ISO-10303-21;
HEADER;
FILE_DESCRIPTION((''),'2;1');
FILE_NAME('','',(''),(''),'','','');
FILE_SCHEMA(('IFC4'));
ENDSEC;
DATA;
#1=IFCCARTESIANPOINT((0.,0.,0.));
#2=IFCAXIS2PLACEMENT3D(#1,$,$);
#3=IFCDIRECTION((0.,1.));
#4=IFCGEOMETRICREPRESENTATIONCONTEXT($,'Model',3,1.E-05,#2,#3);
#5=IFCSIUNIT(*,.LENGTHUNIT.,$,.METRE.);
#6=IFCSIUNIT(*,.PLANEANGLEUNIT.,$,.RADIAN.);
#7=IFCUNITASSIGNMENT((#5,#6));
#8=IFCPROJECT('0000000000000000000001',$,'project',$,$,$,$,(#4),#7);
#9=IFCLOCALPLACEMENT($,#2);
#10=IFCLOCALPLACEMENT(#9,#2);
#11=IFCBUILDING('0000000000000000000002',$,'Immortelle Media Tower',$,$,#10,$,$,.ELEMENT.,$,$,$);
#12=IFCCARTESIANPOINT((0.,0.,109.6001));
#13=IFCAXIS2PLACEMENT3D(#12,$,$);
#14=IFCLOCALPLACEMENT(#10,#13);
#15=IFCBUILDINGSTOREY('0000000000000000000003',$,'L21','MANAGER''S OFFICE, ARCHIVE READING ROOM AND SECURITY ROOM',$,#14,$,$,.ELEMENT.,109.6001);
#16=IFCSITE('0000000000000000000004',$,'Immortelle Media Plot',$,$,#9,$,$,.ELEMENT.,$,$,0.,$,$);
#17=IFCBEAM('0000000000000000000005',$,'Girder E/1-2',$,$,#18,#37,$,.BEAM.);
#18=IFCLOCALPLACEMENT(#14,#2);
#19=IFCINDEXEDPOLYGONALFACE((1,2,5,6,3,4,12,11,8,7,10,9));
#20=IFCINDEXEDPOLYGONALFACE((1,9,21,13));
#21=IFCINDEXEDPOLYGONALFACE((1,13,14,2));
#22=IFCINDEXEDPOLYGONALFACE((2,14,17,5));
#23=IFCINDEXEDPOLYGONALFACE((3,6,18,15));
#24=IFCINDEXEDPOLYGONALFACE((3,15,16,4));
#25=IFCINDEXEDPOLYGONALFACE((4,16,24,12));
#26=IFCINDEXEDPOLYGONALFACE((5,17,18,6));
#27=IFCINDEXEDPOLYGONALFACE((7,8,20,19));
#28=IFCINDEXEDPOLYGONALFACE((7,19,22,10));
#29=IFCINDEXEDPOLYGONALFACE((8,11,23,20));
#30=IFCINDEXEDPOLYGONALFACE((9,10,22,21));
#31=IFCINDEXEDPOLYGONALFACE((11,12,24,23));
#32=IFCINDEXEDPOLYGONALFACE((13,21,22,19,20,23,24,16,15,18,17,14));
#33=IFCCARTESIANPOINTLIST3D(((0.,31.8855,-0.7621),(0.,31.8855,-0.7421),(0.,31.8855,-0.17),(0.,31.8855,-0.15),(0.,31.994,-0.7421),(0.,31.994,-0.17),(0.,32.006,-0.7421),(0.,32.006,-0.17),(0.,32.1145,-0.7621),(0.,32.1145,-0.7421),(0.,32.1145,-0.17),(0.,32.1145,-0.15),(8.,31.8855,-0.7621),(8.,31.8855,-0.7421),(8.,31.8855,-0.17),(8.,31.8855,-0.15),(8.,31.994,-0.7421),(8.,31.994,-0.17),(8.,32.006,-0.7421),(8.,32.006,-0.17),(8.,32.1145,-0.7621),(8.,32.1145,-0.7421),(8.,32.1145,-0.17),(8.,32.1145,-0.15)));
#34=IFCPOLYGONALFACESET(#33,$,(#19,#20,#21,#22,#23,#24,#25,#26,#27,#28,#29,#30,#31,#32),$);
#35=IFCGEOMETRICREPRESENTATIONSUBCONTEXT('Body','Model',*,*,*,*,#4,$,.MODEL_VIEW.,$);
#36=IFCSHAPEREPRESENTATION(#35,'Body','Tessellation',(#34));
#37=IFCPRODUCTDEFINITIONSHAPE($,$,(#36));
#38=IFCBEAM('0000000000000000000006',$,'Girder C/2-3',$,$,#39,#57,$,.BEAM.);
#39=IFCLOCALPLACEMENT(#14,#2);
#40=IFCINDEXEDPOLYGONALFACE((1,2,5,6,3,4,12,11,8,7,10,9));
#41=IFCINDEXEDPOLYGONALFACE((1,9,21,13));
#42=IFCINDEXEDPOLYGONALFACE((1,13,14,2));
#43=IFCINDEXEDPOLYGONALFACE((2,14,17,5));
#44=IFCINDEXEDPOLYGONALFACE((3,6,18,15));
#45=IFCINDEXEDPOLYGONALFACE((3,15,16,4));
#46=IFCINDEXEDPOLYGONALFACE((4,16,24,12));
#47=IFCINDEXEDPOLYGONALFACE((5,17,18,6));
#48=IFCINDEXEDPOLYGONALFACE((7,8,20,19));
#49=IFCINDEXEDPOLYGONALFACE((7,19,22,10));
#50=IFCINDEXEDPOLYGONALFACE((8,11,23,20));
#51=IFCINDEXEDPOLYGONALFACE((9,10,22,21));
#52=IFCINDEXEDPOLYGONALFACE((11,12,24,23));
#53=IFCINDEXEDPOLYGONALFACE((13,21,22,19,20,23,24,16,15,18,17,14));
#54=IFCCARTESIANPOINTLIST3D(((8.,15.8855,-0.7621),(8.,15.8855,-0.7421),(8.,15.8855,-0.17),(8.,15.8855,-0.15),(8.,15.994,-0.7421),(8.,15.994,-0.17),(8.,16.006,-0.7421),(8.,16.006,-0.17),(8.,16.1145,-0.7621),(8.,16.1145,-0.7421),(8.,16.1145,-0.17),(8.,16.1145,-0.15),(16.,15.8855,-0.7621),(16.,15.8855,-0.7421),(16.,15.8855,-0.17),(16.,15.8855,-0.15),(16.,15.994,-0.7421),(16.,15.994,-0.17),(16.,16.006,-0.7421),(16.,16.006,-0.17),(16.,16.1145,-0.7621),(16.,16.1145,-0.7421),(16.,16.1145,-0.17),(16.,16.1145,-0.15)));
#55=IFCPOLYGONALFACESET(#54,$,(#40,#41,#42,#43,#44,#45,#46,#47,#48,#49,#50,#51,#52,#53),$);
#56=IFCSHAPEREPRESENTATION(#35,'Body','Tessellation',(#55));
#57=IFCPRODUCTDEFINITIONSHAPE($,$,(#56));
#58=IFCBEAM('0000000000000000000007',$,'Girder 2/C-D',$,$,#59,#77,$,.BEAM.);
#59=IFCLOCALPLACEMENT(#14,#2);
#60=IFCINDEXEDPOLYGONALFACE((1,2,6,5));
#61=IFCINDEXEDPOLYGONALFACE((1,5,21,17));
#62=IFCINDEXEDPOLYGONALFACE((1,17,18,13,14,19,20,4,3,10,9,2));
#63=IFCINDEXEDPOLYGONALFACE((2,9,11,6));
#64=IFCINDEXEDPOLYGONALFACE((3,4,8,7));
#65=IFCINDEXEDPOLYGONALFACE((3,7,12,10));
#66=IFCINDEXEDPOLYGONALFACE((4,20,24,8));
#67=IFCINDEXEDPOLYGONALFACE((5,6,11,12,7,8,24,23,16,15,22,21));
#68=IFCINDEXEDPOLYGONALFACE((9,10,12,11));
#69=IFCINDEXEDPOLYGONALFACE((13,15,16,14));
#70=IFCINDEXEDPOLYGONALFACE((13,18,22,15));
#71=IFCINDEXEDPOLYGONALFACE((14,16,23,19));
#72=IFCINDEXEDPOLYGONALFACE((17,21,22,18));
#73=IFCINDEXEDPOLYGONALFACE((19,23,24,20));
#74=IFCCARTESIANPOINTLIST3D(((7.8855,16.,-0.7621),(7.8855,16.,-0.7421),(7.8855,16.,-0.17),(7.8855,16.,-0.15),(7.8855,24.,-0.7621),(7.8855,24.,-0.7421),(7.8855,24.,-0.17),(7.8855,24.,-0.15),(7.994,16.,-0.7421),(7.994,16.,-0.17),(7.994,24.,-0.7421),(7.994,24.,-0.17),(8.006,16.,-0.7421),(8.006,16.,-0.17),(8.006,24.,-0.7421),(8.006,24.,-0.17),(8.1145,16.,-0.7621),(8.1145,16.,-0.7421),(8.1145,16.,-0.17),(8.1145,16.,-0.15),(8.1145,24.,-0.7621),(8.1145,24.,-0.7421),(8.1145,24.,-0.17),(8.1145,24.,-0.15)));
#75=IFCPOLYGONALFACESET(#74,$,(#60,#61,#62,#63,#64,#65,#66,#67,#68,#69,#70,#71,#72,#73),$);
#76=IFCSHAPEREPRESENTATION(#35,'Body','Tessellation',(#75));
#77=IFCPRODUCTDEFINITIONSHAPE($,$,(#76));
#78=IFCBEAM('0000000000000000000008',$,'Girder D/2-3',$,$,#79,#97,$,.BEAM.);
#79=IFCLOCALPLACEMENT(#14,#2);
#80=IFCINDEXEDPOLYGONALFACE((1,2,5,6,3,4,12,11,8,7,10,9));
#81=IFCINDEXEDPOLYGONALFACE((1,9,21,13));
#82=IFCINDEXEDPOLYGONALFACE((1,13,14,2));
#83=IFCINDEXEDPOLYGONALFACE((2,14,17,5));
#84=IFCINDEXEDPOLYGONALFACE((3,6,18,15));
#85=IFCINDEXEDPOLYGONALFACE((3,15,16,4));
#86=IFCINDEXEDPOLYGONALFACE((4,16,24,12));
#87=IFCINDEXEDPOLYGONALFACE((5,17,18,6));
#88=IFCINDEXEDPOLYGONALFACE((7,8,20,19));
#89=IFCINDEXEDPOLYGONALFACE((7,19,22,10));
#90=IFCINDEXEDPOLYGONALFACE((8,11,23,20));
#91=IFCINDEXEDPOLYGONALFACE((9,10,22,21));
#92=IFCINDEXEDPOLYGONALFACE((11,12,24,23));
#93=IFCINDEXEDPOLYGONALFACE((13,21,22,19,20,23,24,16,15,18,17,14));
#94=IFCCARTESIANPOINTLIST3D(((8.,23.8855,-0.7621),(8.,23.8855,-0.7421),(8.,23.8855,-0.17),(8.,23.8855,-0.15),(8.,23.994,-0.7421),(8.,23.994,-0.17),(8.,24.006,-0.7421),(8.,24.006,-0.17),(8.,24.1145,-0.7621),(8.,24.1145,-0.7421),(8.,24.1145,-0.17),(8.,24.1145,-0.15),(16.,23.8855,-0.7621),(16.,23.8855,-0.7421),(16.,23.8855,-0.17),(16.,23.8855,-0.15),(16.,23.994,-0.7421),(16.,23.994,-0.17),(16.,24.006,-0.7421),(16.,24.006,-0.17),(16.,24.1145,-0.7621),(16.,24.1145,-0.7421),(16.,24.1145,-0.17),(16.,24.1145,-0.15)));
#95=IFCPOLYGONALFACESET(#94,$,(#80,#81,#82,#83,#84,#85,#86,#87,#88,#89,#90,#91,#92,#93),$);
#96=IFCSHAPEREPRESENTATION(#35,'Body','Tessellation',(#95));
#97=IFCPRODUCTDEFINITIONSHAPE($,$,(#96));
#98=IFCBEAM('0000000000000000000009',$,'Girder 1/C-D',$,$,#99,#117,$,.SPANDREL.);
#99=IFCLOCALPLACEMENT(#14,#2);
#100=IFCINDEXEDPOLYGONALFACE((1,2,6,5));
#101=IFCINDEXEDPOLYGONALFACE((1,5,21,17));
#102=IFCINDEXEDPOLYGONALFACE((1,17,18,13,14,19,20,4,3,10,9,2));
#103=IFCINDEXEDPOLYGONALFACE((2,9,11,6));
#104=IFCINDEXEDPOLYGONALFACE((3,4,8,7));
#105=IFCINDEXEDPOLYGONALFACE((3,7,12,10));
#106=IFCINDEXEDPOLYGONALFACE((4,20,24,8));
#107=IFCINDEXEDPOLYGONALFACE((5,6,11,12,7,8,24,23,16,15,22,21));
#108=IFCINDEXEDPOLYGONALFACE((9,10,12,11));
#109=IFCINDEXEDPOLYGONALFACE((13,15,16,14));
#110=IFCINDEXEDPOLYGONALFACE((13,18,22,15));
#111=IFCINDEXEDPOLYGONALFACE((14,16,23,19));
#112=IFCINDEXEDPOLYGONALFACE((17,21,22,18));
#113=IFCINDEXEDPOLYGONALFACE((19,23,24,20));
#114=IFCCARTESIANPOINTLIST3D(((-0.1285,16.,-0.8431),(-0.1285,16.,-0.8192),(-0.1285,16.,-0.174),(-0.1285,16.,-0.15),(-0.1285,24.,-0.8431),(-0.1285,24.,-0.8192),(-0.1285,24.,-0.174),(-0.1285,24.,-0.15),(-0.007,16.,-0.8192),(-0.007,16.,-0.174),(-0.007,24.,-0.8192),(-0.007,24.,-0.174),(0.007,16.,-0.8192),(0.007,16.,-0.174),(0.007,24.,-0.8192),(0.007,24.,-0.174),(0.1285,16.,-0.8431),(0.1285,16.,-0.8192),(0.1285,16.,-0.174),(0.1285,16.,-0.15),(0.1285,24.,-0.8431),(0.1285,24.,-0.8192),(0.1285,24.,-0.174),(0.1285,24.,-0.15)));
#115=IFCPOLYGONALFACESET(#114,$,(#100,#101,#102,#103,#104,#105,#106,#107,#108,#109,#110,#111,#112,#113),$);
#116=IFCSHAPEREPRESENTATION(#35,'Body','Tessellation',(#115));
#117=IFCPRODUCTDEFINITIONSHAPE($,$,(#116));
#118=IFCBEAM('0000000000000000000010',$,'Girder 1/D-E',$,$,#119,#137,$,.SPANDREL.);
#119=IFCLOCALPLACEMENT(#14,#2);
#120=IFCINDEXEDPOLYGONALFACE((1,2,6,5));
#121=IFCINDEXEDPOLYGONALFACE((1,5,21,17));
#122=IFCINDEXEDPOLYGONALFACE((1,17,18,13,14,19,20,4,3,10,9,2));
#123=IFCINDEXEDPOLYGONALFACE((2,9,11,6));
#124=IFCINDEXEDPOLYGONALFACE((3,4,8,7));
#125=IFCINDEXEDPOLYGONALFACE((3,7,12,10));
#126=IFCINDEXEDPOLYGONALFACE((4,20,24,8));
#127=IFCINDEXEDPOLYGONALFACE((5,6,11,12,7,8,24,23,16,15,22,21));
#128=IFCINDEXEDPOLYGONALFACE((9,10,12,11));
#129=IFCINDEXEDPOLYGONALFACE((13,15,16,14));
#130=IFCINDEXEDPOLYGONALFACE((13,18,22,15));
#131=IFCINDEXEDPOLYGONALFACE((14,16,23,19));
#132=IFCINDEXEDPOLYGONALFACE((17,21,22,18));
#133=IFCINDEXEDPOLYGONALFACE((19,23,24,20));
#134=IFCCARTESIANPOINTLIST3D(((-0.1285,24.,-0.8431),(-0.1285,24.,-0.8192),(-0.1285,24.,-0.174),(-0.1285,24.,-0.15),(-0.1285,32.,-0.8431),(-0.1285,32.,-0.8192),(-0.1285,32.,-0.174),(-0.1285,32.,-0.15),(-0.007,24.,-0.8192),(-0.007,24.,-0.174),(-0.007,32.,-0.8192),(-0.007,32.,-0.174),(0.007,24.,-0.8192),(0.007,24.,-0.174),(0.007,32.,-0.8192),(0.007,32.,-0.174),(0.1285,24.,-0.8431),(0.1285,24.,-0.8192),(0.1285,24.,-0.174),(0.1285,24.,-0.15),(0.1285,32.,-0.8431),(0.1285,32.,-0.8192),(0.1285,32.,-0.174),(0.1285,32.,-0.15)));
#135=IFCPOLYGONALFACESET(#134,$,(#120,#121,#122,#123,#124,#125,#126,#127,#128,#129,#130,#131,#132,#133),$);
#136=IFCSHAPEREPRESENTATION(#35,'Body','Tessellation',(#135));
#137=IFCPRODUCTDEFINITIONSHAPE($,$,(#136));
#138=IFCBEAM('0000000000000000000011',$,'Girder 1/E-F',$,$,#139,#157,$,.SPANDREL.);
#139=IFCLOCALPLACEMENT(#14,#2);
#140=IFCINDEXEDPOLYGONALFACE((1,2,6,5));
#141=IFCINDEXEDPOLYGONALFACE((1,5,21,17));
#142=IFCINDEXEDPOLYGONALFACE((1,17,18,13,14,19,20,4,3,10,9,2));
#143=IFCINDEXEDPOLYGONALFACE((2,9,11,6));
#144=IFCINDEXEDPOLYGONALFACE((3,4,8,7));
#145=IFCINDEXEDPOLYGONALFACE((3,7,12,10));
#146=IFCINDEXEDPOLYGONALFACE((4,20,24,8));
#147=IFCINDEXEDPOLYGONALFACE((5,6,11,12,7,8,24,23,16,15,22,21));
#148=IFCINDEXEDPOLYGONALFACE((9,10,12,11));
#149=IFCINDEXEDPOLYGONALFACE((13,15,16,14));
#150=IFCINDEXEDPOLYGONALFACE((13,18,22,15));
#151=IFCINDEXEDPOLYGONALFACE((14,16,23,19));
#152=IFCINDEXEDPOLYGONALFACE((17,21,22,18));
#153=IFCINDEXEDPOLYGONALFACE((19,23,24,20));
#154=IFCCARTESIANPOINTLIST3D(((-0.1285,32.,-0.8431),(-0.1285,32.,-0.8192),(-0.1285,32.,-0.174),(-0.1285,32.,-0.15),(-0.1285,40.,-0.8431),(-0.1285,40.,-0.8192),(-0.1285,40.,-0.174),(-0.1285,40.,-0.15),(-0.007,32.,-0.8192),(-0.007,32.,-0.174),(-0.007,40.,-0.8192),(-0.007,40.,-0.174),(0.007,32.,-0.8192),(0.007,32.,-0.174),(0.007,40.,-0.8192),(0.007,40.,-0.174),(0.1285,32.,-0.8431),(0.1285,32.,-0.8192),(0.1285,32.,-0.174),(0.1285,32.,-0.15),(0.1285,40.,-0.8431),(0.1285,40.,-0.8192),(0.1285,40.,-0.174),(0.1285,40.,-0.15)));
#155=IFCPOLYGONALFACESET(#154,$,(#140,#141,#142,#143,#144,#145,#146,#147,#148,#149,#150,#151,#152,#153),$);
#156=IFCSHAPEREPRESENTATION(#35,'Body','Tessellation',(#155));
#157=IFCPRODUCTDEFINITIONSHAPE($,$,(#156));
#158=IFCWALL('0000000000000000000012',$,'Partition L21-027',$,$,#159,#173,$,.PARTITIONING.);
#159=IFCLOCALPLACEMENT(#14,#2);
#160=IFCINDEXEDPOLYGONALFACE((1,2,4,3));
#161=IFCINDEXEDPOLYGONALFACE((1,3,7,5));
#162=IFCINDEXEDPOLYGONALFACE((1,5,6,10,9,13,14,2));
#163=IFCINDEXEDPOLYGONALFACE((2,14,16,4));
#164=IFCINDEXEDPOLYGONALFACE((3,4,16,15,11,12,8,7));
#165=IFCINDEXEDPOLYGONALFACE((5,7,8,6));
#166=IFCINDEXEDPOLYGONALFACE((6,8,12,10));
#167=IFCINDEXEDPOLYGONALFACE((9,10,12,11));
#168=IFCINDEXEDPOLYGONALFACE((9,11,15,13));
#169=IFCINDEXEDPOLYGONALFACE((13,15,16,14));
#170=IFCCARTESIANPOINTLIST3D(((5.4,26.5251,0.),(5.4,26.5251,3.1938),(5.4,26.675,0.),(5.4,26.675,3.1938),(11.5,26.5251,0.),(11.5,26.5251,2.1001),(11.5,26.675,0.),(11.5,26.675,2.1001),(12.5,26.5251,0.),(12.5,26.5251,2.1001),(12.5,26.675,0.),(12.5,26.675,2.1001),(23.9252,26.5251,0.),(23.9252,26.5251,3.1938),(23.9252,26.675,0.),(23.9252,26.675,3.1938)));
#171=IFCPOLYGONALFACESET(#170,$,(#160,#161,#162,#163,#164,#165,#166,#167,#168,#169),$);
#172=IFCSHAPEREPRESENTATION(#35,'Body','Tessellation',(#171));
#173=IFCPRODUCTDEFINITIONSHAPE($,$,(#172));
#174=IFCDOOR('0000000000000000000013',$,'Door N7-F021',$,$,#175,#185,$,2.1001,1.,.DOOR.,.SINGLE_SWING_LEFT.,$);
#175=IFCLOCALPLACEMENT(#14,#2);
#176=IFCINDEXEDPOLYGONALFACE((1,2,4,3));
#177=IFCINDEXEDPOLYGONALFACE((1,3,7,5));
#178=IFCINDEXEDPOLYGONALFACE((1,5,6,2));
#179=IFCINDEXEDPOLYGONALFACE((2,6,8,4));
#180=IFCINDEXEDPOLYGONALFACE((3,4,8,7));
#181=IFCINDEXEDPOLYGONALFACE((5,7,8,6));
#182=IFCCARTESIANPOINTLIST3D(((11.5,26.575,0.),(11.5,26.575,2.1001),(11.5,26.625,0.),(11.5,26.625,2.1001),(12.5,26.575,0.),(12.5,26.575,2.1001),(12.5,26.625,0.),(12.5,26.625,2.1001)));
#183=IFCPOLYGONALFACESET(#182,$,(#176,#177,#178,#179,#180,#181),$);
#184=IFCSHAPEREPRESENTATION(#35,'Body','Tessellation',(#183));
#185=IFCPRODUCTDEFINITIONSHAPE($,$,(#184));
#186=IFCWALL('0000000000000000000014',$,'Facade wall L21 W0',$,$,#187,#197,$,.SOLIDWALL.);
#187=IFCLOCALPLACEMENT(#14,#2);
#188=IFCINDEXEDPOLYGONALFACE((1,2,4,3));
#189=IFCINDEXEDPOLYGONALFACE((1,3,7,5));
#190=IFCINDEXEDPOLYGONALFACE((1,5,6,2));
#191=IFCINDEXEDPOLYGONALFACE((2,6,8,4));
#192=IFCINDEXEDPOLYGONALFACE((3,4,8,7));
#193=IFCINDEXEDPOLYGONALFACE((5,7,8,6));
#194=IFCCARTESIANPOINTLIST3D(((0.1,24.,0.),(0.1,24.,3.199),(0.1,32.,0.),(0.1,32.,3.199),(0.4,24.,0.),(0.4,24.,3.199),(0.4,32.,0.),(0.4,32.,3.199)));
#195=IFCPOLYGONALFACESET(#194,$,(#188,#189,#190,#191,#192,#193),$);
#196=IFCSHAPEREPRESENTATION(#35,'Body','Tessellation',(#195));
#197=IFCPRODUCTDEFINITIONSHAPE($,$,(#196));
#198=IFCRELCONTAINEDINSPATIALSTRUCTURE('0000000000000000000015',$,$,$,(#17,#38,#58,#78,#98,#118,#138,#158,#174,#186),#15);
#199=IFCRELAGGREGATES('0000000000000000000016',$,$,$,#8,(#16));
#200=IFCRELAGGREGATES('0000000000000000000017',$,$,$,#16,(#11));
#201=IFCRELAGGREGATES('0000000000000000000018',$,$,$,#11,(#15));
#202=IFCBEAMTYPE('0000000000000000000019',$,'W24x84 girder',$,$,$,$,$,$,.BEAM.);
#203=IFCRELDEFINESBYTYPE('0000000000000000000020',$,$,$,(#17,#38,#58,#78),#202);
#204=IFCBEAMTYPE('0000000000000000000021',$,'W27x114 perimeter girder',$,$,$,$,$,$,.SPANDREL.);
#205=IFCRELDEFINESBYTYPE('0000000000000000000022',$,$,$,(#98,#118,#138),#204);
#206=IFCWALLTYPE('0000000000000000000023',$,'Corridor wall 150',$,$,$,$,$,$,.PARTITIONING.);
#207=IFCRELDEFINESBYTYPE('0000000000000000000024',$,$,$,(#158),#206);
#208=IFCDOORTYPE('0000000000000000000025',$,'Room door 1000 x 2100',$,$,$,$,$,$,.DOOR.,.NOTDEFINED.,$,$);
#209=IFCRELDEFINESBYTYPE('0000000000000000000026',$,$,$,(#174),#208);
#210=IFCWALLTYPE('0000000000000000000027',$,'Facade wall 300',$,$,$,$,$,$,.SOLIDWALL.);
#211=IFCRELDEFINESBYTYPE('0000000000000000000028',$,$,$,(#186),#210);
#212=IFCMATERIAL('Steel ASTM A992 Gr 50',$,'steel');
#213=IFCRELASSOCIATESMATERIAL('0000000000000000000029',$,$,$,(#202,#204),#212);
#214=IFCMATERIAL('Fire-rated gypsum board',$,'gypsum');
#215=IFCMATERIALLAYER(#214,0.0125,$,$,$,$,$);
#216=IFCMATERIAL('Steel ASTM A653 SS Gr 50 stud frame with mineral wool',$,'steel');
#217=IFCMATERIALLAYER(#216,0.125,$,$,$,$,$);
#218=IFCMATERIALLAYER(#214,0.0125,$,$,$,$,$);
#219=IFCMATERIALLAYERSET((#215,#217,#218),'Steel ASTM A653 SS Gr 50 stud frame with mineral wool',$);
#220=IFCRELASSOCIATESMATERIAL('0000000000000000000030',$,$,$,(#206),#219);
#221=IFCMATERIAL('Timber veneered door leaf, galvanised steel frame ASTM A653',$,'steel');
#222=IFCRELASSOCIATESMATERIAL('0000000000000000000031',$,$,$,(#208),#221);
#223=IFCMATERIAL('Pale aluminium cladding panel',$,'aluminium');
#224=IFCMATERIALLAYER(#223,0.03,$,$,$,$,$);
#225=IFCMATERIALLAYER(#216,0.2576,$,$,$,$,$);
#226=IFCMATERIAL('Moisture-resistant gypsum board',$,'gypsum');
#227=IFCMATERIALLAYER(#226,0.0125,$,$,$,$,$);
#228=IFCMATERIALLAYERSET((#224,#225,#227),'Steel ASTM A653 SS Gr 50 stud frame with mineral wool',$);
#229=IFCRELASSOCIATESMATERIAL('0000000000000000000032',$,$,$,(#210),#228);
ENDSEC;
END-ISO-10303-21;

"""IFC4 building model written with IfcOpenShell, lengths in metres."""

from ifc_helpers import new_model, si_unit, direction, frame, frame_2d, origin, origin_2d, place, context, subcontext, project, spatial, rectangle, i_section, extrude, material, layer, layer_set, material_profile, profile_set, type_object, element, fill, save


model = new_model("IFC4")

# Units and contexts
model_context = context("Model", 3, precision=1e-05, world=origin(), true_north=direction((0.0, 1.0)))
body_context = subcontext(model_context, "Body", "Model", "MODEL_VIEW")
ifc_project = project(units=[si_unit("LENGTHUNIT", "METRE"), si_unit("PLANEANGLEUNIT", "RADIAN")], contexts=[model_context])

# Site, building, storey
site_placement = place(None, origin())
site = spatial("IfcSite", under=ifc_project, at=site_placement, Name="Immortelle Media Plot", CompositionType="ELEMENT", RefElevation=0.0)
building_placement = place(site_placement, origin())
building = spatial("IfcBuilding", under=site, at=building_placement, Name="Immortelle Media Tower", CompositionType="ELEMENT")
storey_placement = place(building_placement, frame((0.0, 0.0, 109.6001)))
storey = spatial("IfcBuildingStorey", under=building, at=storey_placement, Name="L21", Description="MANAGER'S OFFICE, ARCHIVE READING ROOM AND SECURITY ROOM", CompositionType="ELEMENT", Elevation=109.6001)

# Shared definitions
ifc_material_1 = material(Name="Steel ASTM A992 Gr 50", Category="steel")

# Beams
ifc_material_profile_1 = material_profile(ifc_material_1, i_section(OverallWidth=0.229, OverallDepth=0.6121, WebThickness=0.012, FlangeThickness=0.02, at=origin_2d()), Name="W24x84")
ifc_profile_set_1 = profile_set([ifc_material_profile_1], Name="Steel ASTM A992 Gr 50")
beam_type_1 = type_object("IfcBeamType", Name="W24x84 girder", PredefinedType="BEAM", material=ifc_profile_set_1)
for number, where, z_axis, x_axis, name in (
    (1, (0.0, 32.0, -0.4561), (1.0, 0.0, 0.0), (0.0, 1.0, 0.0), "Girder E/1-2"),
    (2, (8.0, 16.0, -0.4561), (1.0, 0.0, 0.0), (0.0, 1.0, 0.0), "Girder C/2-3"),
    (3, (8.0, 16.0, -0.4561), (0.0, 1.0, 0.0), (-1.0, 0.0, 0.0), "Girder 2/C-D"),
    (4, (8.0, 24.0, -0.4561), (1.0, 0.0, 0.0), (0.0, 1.0, 0.0), "Girder D/2-3"),
):
    element("IfcBeam", number, at=place(storey_placement, frame(where, z_axis=z_axis, x_axis=x_axis)), inside=storey, type_object=beam_type_1, Name=name, PredefinedType="BEAM", context=body_context, shape_type="SweptSolid", body=[
        extrude(i_section(OverallWidth=0.229, OverallDepth=0.6121, WebThickness=0.012, FlangeThickness=0.02, at=origin_2d()), origin(), (0.0, 0.0, 1.0), 8.0),
    ])
ifc_material_profile_2 = material_profile(ifc_material_1, i_section(OverallWidth=0.2571, OverallDepth=0.6931, WebThickness=0.0139, FlangeThickness=0.0239, at=origin_2d()), Name="W27x114")
ifc_profile_set_2 = profile_set([ifc_material_profile_2], Name="Steel ASTM A992 Gr 50")
beam_type_2 = type_object("IfcBeamType", Name="W27x114 perimeter girder", PredefinedType="SPANDREL", material=ifc_profile_set_2)
for number, where, z_axis, x_axis, name in (
    (5, (0.0, 16.0, -0.4966), (0.0, 1.0, 0.0), (-1.0, 0.0, 0.0), "Girder 1/C-D"),
    (6, (0.0, 24.0, -0.4966), (0.0, 1.0, 0.0), (-1.0, 0.0, 0.0), "Girder 1/D-E"),
    (7, (0.0, 32.0, -0.4966), (0.0, 1.0, 0.0), (-1.0, 0.0, 0.0), "Girder 1/E-F"),
):
    element("IfcBeam", number, at=place(storey_placement, frame(where, z_axis=z_axis, x_axis=x_axis)), inside=storey, type_object=beam_type_2, Name=name, PredefinedType="SPANDREL", context=body_context, shape_type="SweptSolid", body=[
        extrude(i_section(OverallWidth=0.2571, OverallDepth=0.6931, WebThickness=0.0139, FlangeThickness=0.0239, at=origin_2d()), origin(), (0.0, 0.0, 1.0), 8.0),
    ])

# Wall, opening, door
ifc_material_2 = material(Name="Fire-rated gypsum board", Category="gypsum")
ifc_layer_1 = layer(ifc_material_2, 0.0125)
ifc_material_3 = material(Name="Steel ASTM A653 SS Gr 50 stud frame with mineral wool", Category="steel")
ifc_layer_2 = layer(ifc_material_3, 0.125)
ifc_layer_3 = layer(ifc_material_2, 0.0125)
ifc_layer_set_1 = layer_set([ifc_layer_1, ifc_layer_2, ifc_layer_3], Name="Steel ASTM A653 SS Gr 50 stud frame with mineral wool")
wall_type_1 = type_object("IfcWallType", Name="Corridor wall 150", PredefinedType="PARTITIONING", material=ifc_layer_set_1)
wall_1_placement = place(storey_placement, frame((5.3999, 26.6001, 0.0), z_axis=(0.0, 0.0, 1.0), x_axis=(1.0, 0.0, 0.0)))
wall_1 = element("IfcWall", 8, at=wall_1_placement, inside=storey, type_object=wall_type_1, Name="Partition L21-027", PredefinedType="PARTITIONING", context=body_context, shape_type="SweptSolid", body=[
    extrude(rectangle(XDim=18.5251, YDim=0.1499, at=frame_2d((9.2627, 0.0))), origin(), (0.0, 0.0, 1.0), 3.1938),
])
opening_1_placement = place(wall_1_placement, frame((6.1001, 0.0, 0.0)))
opening_1 = element("IfcOpeningElement", 9, at=opening_1_placement, cuts=wall_1, PredefinedType="OPENING", context=body_context, shape_type="SweptSolid", body=[
    extrude(rectangle(XDim=1.0, YDim=2.1001, at=frame_2d((0.5, 1.05))), frame((0.0, 0.085, 0.0), z_axis=(0.0, -1.0, 0.0), x_axis=(1.0, 0.0, 0.0)), (0.0, 0.0, 1.0), 0.1699),
])
ifc_material_4 = material(Name="Timber veneered door leaf, galvanised steel frame ASTM A653", Category="steel")
door_type_1 = type_object("IfcDoorType", Name="Room door 1000 x 2100", OperationType="NOTDEFINED", PredefinedType="DOOR", material=ifc_material_4)
door_1_placement = place(opening_1_placement, origin())
door_1 = element("IfcDoor", 10, at=door_1_placement, inside=storey, type_object=door_type_1, Name="Door N7-F021", OperationType="SINGLE_SWING_LEFT", OverallHeight=2.1001, OverallWidth=1.0, PredefinedType="DOOR", context=body_context, shape_type="SweptSolid", body=[
    extrude(rectangle(XDim=1.0, YDim=2.1001, at=frame_2d((0.5, 1.05))), frame((0.0, 0.0249, 0.0), z_axis=(0.0, -1.0, 0.0), x_axis=(1.0, 0.0, 0.0)), (0.0, 0.0, 1.0), 0.05),
])
fill(opening_1, door_1)

# Wall
ifc_material_5 = material(Name="Pale aluminium cladding panel", Category="aluminium")
ifc_layer_4 = layer(ifc_material_5, 0.03)
ifc_layer_5 = layer(ifc_material_3, 0.2576)
ifc_material_6 = material(Name="Moisture-resistant gypsum board", Category="gypsum")
ifc_layer_6 = layer(ifc_material_6, 0.0125)
ifc_layer_set_2 = layer_set([ifc_layer_4, ifc_layer_5, ifc_layer_6], Name="Steel ASTM A653 SS Gr 50 stud frame with mineral wool")
wall_type_2 = type_object("IfcWallType", Name="Facade wall 300", PredefinedType="SOLIDWALL", material=ifc_layer_set_2)
wall_2_placement = place(storey_placement, frame((0.25, 32.0, 0.0), z_axis=(0.0, 0.0, 1.0), x_axis=(0.0, -1.0, 0.0)))
element("IfcWall", 11, at=wall_2_placement, inside=storey, type_object=wall_type_2, Name="Facade wall L21 W0", PredefinedType="SOLIDWALL", context=body_context, shape_type="SweptSolid", body=[
    extrude(rectangle(XDim=8.0, YDim=0.3, at=frame_2d((4.0, 0.0))), origin(), (0.0, 0.0, 1.0), 3.199),
])

save(model, "model.ifc")
